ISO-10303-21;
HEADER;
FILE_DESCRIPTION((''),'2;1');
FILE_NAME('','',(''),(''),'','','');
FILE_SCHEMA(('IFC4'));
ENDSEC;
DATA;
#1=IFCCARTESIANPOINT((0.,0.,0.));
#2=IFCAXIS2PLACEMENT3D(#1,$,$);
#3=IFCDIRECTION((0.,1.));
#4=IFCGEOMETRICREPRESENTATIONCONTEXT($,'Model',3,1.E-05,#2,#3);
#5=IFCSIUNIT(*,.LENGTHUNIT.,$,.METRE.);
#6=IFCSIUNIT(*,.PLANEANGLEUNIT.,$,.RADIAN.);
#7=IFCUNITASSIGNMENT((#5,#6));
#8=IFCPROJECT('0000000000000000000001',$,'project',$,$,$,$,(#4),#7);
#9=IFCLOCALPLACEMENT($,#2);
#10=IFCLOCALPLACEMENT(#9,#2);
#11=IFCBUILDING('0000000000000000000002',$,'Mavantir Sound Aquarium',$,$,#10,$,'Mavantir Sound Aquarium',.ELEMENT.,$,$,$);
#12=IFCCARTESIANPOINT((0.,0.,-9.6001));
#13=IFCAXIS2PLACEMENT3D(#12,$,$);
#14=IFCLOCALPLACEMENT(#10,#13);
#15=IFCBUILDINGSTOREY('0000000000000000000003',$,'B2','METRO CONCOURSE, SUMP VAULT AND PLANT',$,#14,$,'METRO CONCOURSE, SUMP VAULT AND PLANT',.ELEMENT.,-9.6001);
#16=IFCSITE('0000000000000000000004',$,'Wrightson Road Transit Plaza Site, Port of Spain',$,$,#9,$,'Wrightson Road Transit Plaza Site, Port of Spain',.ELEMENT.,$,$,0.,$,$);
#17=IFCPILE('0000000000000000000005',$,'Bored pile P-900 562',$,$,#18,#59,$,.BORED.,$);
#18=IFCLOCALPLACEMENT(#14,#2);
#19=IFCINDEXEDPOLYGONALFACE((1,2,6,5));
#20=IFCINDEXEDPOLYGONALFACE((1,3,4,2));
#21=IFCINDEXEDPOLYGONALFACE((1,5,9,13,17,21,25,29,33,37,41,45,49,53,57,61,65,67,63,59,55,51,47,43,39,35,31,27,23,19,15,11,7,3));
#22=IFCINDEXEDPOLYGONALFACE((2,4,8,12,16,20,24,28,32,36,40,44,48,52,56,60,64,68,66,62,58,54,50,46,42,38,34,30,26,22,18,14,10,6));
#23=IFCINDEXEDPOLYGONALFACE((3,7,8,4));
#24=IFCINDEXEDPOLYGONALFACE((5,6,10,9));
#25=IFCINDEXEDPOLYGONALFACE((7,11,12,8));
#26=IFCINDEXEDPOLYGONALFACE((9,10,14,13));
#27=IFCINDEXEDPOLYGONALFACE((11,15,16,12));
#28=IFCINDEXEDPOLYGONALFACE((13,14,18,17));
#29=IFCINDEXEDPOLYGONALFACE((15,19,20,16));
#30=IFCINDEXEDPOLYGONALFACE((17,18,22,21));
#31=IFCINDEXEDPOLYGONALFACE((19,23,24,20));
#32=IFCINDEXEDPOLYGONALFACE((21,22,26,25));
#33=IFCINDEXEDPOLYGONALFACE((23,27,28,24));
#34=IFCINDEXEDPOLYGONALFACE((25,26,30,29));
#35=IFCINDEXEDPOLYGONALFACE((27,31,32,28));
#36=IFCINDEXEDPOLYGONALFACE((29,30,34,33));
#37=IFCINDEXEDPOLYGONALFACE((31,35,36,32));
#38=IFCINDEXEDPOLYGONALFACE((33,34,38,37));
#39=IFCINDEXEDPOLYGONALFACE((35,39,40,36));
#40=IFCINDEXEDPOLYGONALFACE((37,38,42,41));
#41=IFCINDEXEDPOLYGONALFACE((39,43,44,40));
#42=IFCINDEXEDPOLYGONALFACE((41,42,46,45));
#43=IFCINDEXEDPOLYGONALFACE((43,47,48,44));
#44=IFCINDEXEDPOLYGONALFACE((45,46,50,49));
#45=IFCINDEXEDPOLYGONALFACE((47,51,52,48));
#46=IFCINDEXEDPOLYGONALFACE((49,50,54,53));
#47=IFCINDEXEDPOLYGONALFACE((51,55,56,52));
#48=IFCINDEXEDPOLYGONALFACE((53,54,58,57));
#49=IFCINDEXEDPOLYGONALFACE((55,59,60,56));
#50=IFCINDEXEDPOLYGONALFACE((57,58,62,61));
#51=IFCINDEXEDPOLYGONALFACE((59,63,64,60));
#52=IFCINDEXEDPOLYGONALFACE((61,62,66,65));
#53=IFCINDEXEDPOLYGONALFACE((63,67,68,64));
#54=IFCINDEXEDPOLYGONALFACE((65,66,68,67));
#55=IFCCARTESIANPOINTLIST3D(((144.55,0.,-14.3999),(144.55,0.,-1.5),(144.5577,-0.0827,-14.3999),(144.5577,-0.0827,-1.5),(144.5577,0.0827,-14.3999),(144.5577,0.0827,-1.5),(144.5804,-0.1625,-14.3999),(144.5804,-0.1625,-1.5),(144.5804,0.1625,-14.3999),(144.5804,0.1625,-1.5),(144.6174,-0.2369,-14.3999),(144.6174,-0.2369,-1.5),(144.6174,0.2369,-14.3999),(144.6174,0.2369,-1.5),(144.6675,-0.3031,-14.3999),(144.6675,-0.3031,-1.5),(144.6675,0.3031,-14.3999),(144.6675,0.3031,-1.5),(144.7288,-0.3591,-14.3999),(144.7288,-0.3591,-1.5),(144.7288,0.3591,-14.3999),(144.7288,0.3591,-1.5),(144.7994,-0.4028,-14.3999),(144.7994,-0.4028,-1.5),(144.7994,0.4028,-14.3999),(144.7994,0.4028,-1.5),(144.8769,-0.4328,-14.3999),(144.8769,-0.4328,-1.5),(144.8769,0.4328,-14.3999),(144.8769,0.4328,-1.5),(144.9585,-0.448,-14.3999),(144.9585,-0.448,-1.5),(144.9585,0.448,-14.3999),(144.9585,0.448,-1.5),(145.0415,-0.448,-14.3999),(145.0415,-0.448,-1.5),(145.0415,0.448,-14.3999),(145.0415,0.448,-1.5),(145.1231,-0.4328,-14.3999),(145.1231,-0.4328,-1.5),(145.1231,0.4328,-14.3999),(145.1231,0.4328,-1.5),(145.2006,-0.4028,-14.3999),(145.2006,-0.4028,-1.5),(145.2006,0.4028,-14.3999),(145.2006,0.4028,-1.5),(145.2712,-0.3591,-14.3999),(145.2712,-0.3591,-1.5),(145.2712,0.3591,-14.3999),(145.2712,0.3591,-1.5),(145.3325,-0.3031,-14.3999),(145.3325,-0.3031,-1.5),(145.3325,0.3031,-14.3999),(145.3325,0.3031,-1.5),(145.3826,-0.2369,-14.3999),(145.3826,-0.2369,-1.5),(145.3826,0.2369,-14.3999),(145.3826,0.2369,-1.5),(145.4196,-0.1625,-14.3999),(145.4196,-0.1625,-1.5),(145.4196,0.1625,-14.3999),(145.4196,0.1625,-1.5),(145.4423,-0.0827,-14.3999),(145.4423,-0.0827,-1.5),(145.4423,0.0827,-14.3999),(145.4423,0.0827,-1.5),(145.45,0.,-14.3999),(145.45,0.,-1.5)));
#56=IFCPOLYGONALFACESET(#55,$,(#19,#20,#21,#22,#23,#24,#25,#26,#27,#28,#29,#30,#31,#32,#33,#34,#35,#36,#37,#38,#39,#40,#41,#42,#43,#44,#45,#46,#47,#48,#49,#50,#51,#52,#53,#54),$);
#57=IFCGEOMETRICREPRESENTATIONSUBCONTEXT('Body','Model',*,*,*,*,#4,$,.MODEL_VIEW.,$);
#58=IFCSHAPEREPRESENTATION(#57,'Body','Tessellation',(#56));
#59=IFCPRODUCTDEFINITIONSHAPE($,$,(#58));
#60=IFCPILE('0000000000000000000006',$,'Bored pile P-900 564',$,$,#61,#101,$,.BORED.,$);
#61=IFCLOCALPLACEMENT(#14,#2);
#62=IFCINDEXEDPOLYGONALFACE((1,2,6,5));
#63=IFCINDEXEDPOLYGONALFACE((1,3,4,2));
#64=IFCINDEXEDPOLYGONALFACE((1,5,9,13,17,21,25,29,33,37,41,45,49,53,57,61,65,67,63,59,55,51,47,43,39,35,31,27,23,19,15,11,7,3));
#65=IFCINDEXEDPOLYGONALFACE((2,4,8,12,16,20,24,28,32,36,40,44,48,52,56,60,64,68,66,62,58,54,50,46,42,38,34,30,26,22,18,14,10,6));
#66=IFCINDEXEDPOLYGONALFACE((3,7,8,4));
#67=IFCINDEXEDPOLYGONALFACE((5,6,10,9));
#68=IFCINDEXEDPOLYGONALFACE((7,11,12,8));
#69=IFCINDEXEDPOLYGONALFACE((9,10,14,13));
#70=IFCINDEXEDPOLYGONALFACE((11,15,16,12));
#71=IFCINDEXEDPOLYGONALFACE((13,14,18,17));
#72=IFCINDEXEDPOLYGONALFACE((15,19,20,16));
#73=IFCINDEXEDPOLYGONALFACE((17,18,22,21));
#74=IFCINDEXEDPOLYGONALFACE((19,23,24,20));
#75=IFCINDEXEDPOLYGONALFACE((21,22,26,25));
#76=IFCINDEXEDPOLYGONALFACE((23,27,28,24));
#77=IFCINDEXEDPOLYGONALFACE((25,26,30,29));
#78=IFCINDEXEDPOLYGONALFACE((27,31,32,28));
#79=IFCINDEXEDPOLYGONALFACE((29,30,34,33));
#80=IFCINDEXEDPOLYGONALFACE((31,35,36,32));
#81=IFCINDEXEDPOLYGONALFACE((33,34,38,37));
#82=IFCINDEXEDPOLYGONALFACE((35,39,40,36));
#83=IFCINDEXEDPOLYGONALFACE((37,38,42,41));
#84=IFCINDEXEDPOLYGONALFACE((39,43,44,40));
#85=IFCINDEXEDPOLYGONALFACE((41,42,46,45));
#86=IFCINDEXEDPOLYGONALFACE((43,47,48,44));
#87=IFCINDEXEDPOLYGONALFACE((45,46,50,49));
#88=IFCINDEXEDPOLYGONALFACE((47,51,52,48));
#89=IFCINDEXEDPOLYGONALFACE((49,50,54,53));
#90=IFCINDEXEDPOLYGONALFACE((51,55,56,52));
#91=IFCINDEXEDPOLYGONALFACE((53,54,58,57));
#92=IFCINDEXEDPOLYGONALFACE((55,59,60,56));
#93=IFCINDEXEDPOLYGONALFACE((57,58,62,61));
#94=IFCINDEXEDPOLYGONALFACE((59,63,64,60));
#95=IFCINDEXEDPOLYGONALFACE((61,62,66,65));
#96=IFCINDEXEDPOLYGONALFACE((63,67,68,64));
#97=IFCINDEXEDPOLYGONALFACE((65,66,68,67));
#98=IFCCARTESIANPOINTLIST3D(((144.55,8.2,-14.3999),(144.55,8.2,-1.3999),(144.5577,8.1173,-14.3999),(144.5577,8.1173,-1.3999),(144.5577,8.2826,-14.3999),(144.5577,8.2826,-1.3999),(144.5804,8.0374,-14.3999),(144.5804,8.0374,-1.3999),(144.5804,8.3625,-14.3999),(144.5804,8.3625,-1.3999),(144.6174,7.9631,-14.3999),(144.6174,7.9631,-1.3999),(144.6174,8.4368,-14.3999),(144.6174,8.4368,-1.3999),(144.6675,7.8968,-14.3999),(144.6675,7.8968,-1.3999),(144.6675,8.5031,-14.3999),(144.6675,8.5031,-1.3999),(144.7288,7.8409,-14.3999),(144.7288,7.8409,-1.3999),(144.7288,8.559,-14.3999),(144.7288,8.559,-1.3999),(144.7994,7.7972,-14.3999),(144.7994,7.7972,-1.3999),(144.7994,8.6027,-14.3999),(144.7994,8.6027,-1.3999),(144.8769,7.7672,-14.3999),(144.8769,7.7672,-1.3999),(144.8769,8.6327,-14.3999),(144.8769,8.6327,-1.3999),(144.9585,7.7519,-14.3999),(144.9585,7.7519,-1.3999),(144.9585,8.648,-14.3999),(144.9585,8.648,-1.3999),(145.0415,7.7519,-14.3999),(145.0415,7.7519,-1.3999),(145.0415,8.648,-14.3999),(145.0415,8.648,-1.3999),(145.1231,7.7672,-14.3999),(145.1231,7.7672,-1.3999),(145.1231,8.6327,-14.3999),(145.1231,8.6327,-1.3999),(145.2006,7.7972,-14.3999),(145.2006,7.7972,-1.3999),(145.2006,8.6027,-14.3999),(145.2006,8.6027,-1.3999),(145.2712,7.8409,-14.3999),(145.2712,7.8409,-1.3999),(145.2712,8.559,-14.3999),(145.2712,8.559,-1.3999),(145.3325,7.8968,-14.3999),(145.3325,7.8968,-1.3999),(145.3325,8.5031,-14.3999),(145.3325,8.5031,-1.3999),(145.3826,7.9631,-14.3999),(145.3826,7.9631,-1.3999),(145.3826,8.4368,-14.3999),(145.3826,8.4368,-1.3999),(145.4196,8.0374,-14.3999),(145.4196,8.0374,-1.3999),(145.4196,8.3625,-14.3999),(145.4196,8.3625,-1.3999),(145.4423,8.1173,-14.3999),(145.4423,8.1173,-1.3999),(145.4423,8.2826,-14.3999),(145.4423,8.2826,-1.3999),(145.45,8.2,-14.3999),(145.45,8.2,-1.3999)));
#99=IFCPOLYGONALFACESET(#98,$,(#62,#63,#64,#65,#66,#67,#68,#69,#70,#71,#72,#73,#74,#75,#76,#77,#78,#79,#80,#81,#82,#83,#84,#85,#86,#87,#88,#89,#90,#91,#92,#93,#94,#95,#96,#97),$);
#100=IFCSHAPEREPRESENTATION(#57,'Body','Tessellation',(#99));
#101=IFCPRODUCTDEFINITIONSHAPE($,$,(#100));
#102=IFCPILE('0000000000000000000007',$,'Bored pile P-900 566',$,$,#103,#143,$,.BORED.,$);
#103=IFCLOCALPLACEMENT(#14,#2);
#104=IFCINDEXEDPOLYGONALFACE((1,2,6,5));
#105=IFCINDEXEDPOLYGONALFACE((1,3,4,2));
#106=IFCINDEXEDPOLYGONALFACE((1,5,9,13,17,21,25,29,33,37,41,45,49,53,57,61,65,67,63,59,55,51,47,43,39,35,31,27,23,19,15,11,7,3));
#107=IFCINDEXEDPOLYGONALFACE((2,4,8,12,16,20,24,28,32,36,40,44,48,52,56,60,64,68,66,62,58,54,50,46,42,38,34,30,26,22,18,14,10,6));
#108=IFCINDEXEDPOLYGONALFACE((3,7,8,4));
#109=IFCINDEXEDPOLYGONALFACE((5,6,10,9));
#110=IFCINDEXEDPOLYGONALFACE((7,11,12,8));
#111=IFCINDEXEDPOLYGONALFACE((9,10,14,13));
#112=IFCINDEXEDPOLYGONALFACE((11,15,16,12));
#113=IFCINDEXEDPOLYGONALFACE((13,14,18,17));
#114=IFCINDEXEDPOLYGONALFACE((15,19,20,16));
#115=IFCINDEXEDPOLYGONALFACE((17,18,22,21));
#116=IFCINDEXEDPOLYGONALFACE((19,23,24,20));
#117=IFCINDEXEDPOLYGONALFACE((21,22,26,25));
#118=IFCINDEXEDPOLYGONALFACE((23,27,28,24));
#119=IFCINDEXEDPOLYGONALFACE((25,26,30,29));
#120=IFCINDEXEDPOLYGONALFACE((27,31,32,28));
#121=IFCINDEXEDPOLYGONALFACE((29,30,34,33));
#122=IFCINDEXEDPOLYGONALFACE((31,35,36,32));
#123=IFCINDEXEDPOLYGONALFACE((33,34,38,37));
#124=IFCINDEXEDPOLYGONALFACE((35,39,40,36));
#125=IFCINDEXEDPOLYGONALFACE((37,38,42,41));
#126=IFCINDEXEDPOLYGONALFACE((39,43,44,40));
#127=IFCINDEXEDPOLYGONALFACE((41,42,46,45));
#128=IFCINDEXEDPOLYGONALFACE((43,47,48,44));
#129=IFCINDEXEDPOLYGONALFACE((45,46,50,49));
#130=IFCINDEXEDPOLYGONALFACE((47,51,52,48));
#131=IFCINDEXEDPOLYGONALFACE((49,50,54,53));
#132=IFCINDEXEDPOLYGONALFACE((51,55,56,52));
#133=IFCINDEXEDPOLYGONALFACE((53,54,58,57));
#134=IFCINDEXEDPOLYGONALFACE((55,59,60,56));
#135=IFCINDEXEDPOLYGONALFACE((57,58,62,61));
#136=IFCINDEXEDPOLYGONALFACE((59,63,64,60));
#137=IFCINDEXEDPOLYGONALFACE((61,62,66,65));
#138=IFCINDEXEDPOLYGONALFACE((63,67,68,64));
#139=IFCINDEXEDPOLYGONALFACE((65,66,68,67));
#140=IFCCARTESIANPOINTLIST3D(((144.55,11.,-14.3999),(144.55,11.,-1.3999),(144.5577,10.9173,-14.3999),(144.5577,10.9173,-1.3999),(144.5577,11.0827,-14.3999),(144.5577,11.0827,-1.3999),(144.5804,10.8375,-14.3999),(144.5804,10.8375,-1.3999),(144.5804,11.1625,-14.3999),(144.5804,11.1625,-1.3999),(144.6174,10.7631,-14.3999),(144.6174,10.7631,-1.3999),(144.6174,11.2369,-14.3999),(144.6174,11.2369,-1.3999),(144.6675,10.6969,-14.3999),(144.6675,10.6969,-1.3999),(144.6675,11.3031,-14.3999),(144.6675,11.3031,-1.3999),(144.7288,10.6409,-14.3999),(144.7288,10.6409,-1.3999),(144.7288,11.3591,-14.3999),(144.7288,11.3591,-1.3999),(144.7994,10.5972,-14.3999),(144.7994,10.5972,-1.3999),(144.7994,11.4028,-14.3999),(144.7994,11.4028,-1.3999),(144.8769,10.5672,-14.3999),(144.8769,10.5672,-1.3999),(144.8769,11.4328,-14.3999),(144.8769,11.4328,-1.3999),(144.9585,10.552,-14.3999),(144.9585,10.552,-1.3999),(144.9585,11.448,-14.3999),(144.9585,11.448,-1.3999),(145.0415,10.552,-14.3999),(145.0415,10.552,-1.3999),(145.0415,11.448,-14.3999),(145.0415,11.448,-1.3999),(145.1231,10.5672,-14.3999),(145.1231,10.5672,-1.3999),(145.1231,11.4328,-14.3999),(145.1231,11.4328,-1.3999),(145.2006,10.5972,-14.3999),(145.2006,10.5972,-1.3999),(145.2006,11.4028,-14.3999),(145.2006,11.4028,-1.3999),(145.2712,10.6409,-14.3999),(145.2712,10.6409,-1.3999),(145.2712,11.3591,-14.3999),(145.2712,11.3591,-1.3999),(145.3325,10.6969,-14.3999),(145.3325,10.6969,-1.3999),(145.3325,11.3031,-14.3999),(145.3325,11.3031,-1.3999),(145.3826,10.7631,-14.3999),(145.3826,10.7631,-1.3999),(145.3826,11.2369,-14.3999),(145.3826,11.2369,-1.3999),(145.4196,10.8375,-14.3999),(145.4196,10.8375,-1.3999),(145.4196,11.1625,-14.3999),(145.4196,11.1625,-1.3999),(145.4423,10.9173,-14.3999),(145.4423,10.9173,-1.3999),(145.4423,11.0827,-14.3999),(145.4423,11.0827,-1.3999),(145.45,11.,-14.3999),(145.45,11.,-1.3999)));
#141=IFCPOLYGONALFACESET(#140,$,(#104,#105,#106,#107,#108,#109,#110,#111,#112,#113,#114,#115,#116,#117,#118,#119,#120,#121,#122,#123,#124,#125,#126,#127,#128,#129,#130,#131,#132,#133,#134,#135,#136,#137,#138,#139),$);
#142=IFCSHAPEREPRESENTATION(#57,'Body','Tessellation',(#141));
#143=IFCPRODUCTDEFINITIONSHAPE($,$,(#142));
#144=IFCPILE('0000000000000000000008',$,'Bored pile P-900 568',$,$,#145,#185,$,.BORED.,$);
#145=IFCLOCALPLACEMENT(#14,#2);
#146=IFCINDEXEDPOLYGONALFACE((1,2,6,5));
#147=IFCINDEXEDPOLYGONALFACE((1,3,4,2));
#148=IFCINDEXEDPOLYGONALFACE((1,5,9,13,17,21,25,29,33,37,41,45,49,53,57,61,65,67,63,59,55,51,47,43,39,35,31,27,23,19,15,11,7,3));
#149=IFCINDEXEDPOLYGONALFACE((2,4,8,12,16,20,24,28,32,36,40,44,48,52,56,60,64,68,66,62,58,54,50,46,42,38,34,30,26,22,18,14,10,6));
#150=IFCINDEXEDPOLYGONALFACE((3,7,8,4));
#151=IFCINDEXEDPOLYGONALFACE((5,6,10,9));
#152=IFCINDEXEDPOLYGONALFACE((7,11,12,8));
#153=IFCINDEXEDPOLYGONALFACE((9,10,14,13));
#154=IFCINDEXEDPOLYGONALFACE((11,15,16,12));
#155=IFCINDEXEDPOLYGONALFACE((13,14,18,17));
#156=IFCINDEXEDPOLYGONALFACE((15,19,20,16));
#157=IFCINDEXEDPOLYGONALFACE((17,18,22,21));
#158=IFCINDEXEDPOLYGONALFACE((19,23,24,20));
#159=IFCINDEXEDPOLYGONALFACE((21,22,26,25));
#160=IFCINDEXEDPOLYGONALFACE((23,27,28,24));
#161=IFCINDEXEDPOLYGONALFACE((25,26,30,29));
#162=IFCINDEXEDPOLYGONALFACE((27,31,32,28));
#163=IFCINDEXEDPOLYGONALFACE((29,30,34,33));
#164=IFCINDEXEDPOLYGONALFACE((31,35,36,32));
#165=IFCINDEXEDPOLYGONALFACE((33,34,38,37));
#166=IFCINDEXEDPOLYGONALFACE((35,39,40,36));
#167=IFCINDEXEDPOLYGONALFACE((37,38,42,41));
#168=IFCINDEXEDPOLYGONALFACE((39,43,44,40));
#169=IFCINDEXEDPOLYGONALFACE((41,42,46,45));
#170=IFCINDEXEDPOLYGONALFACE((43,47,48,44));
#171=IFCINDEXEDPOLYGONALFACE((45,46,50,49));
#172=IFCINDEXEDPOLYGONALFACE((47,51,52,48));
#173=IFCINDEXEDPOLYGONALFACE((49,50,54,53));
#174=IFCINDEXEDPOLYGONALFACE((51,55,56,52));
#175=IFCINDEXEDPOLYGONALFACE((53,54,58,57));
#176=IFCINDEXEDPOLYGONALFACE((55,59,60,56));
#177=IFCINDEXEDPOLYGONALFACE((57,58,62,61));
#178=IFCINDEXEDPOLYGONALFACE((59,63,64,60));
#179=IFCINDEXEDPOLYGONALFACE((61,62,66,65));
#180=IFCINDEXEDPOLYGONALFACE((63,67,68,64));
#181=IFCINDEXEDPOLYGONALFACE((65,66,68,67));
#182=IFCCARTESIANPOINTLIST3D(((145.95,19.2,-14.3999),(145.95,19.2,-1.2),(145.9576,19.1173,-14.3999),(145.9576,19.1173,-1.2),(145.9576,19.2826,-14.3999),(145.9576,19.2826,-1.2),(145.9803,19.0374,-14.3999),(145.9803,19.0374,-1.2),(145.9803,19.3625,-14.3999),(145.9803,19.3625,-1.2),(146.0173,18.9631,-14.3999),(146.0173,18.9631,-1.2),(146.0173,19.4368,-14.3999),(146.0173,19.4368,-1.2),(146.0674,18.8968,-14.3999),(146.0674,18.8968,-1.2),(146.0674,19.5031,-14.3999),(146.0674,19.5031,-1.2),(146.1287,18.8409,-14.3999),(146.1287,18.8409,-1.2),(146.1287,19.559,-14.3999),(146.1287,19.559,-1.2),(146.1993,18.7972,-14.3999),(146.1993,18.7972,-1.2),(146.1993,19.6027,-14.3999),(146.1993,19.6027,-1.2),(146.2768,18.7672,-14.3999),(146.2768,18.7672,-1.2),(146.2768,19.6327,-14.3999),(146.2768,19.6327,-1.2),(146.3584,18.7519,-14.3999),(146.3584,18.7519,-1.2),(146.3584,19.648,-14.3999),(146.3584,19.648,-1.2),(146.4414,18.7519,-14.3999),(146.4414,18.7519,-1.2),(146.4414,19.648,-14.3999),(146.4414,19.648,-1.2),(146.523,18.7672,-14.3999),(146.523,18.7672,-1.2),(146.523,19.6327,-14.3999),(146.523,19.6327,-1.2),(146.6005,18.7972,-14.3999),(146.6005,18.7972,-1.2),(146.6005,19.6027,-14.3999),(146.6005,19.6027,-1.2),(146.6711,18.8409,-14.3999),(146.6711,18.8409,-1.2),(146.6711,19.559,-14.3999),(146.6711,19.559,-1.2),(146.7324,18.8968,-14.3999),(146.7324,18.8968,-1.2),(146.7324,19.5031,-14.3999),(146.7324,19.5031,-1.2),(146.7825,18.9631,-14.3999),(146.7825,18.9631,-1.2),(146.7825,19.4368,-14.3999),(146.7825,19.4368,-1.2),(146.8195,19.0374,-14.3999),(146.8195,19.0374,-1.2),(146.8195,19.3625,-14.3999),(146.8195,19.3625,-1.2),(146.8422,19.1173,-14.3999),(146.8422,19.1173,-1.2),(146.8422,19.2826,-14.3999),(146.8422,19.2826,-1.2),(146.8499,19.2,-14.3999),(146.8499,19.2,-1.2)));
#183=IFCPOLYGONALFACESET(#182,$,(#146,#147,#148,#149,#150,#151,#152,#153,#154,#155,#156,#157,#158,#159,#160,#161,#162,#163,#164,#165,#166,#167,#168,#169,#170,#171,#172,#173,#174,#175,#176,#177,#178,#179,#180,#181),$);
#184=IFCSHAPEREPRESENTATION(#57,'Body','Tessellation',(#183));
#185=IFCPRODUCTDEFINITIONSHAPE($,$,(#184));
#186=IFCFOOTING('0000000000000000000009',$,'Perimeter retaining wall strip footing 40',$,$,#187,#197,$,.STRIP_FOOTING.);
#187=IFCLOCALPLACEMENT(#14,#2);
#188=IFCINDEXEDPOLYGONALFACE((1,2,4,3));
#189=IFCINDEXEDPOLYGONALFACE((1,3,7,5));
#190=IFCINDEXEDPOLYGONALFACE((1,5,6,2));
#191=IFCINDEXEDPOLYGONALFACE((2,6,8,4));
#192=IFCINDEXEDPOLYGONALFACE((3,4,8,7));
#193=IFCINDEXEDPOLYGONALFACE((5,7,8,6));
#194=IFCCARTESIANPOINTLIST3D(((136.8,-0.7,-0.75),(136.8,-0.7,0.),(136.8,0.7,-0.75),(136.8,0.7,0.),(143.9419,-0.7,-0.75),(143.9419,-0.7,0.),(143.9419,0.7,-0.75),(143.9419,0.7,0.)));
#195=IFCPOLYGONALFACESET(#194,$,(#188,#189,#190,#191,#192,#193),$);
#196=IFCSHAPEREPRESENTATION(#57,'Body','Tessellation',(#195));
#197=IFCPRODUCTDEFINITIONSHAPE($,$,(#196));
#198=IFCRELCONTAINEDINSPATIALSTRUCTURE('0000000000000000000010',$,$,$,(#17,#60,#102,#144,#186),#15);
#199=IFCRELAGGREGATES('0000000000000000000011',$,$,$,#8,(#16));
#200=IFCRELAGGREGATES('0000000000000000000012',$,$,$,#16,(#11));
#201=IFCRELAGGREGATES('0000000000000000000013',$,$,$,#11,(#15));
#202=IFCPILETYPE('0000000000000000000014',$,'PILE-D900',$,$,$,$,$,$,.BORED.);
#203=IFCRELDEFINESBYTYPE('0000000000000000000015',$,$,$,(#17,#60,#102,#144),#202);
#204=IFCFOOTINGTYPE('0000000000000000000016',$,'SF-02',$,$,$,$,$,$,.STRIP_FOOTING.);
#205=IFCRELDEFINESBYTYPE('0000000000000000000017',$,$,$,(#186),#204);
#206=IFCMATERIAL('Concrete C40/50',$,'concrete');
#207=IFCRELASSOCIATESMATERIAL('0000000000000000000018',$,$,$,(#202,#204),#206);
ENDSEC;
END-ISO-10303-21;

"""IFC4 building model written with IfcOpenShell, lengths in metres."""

from ifc_helpers import new_model, si_unit, direction, frame, origin, origin_2d, place, context, subcontext, project, spatial, rectangle, circle, extrude, material, material_profile, profile_set, type_object, element, save


model = new_model("IFC4")

# Units and contexts
model_context = context("Model", 3, precision=1e-05, world=origin(), true_north=direction((0.0, 1.0)))
body_context = subcontext(model_context, "Body", "Model", "MODEL_VIEW")
ifc_project = project(units=[si_unit("LENGTHUNIT", "METRE"), si_unit("PLANEANGLEUNIT", "RADIAN")], contexts=[model_context])

# Site, building, storey
site_placement = place(None, origin())
site = spatial("IfcSite", under=ifc_project, at=site_placement, Name="Wrightson Road Transit Plaza Site, Port of Spain", LongName="Wrightson Road Transit Plaza Site, Port of Spain", CompositionType="ELEMENT", RefElevation=0.0)
building_placement = place(site_placement, origin())
building = spatial("IfcBuilding", under=site, at=building_placement, Name="Mavantir Sound Aquarium", LongName="Mavantir Sound Aquarium", CompositionType="ELEMENT")
storey_placement = place(building_placement, frame((0.0, 0.0, -9.6001)))
storey = spatial("IfcBuildingStorey", under=building, at=storey_placement, Name="B2", Description="METRO CONCOURSE, SUMP VAULT AND PLANT", LongName="METRO CONCOURSE, SUMP VAULT AND PLANT", CompositionType="ELEMENT", Elevation=-9.6001)

# Shared definitions
ifc_material_1 = material(Name="Concrete C40/50", Category="concrete")

# Piles
ifc_material_profile_1 = material_profile(ifc_material_1, circle(Radius=0.45, at=origin_2d()), Name="PILE D900")
ifc_profile_set_1 = profile_set([ifc_material_profile_1], Name="Concrete C40/50")
pile_type = type_object("IfcPileType", Name="PILE-D900", PredefinedType="BORED", material=ifc_profile_set_1)
pile_1_placement = place(storey_placement, frame((145.0, 0.0, -1.5), z_axis=(0.0, 0.0, -1.0), x_axis=(1.0, 0.0, 0.0)))
element("IfcPile", 1, at=pile_1_placement, inside=storey, type_object=pile_type, Name="Bored pile P-900 562", PredefinedType="BORED", context=body_context, shape_type="SweptSolid", body=[
    extrude(circle(Radius=0.45, at=origin_2d()), origin(), (0.0, 0.0, 1.0), 12.8999),
])
for number, where, z_axis, x_axis, name in (
    (2, (145.0, 8.2, -1.3999), (0.0, 0.0, -1.0), (1.0, 0.0, 0.0), "Bored pile P-900 564"),
    (3, (145.0, 11.0, -1.3999), (0.0, 0.0, -1.0), (1.0, 0.0, 0.0), "Bored pile P-900 566"),
):
    element("IfcPile", number, at=place(storey_placement, frame(where, z_axis=z_axis, x_axis=x_axis)), inside=storey, type_object=pile_type, Name=name, PredefinedType="BORED", context=body_context, shape_type="SweptSolid", body=[
        extrude(circle(Radius=0.45, at=origin_2d()), origin(), (0.0, 0.0, 1.0), 13.0),
    ])
pile_2_placement = place(storey_placement, frame((146.3999, 19.2, -1.2), z_axis=(0.0, 0.0, -1.0), x_axis=(1.0, 0.0, 0.0)))
element("IfcPile", 4, at=pile_2_placement, inside=storey, type_object=pile_type, Name="Bored pile P-900 568", PredefinedType="BORED", context=body_context, shape_type="SweptSolid", body=[
    extrude(circle(Radius=0.45, at=origin_2d()), origin(), (0.0, 0.0, 1.0), 13.2),
])

# Footing
ifc_material_profile_2 = material_profile(ifc_material_1, rectangle(XDim=1.3999, YDim=0.75, at=origin_2d()), Name="RC 1400X750")
ifc_profile_set_2 = profile_set([ifc_material_profile_2], Name="Concrete C40/50")
footing_type_1 = type_object("IfcFootingType", Name="SF-02", PredefinedType="STRIP_FOOTING", material=ifc_profile_set_2)
footing_1_placement = place(storey_placement, frame((143.9419, 0.0, -0.375), z_axis=(-1.0, 0.0, 0.0), x_axis=(0.0, -1.0, 0.0)))
element("IfcFooting", 5, at=footing_1_placement, inside=storey, type_object=footing_type_1, Name="Perimeter retaining wall strip footing 40", PredefinedType="STRIP_FOOTING", context=body_context, shape_type="SweptSolid", body=[
    extrude(rectangle(XDim=1.3999, YDim=0.75, at=origin_2d()), origin(), (0.0, 0.0, 1.0), 7.1418),
])

save(model, "model.ifc")
